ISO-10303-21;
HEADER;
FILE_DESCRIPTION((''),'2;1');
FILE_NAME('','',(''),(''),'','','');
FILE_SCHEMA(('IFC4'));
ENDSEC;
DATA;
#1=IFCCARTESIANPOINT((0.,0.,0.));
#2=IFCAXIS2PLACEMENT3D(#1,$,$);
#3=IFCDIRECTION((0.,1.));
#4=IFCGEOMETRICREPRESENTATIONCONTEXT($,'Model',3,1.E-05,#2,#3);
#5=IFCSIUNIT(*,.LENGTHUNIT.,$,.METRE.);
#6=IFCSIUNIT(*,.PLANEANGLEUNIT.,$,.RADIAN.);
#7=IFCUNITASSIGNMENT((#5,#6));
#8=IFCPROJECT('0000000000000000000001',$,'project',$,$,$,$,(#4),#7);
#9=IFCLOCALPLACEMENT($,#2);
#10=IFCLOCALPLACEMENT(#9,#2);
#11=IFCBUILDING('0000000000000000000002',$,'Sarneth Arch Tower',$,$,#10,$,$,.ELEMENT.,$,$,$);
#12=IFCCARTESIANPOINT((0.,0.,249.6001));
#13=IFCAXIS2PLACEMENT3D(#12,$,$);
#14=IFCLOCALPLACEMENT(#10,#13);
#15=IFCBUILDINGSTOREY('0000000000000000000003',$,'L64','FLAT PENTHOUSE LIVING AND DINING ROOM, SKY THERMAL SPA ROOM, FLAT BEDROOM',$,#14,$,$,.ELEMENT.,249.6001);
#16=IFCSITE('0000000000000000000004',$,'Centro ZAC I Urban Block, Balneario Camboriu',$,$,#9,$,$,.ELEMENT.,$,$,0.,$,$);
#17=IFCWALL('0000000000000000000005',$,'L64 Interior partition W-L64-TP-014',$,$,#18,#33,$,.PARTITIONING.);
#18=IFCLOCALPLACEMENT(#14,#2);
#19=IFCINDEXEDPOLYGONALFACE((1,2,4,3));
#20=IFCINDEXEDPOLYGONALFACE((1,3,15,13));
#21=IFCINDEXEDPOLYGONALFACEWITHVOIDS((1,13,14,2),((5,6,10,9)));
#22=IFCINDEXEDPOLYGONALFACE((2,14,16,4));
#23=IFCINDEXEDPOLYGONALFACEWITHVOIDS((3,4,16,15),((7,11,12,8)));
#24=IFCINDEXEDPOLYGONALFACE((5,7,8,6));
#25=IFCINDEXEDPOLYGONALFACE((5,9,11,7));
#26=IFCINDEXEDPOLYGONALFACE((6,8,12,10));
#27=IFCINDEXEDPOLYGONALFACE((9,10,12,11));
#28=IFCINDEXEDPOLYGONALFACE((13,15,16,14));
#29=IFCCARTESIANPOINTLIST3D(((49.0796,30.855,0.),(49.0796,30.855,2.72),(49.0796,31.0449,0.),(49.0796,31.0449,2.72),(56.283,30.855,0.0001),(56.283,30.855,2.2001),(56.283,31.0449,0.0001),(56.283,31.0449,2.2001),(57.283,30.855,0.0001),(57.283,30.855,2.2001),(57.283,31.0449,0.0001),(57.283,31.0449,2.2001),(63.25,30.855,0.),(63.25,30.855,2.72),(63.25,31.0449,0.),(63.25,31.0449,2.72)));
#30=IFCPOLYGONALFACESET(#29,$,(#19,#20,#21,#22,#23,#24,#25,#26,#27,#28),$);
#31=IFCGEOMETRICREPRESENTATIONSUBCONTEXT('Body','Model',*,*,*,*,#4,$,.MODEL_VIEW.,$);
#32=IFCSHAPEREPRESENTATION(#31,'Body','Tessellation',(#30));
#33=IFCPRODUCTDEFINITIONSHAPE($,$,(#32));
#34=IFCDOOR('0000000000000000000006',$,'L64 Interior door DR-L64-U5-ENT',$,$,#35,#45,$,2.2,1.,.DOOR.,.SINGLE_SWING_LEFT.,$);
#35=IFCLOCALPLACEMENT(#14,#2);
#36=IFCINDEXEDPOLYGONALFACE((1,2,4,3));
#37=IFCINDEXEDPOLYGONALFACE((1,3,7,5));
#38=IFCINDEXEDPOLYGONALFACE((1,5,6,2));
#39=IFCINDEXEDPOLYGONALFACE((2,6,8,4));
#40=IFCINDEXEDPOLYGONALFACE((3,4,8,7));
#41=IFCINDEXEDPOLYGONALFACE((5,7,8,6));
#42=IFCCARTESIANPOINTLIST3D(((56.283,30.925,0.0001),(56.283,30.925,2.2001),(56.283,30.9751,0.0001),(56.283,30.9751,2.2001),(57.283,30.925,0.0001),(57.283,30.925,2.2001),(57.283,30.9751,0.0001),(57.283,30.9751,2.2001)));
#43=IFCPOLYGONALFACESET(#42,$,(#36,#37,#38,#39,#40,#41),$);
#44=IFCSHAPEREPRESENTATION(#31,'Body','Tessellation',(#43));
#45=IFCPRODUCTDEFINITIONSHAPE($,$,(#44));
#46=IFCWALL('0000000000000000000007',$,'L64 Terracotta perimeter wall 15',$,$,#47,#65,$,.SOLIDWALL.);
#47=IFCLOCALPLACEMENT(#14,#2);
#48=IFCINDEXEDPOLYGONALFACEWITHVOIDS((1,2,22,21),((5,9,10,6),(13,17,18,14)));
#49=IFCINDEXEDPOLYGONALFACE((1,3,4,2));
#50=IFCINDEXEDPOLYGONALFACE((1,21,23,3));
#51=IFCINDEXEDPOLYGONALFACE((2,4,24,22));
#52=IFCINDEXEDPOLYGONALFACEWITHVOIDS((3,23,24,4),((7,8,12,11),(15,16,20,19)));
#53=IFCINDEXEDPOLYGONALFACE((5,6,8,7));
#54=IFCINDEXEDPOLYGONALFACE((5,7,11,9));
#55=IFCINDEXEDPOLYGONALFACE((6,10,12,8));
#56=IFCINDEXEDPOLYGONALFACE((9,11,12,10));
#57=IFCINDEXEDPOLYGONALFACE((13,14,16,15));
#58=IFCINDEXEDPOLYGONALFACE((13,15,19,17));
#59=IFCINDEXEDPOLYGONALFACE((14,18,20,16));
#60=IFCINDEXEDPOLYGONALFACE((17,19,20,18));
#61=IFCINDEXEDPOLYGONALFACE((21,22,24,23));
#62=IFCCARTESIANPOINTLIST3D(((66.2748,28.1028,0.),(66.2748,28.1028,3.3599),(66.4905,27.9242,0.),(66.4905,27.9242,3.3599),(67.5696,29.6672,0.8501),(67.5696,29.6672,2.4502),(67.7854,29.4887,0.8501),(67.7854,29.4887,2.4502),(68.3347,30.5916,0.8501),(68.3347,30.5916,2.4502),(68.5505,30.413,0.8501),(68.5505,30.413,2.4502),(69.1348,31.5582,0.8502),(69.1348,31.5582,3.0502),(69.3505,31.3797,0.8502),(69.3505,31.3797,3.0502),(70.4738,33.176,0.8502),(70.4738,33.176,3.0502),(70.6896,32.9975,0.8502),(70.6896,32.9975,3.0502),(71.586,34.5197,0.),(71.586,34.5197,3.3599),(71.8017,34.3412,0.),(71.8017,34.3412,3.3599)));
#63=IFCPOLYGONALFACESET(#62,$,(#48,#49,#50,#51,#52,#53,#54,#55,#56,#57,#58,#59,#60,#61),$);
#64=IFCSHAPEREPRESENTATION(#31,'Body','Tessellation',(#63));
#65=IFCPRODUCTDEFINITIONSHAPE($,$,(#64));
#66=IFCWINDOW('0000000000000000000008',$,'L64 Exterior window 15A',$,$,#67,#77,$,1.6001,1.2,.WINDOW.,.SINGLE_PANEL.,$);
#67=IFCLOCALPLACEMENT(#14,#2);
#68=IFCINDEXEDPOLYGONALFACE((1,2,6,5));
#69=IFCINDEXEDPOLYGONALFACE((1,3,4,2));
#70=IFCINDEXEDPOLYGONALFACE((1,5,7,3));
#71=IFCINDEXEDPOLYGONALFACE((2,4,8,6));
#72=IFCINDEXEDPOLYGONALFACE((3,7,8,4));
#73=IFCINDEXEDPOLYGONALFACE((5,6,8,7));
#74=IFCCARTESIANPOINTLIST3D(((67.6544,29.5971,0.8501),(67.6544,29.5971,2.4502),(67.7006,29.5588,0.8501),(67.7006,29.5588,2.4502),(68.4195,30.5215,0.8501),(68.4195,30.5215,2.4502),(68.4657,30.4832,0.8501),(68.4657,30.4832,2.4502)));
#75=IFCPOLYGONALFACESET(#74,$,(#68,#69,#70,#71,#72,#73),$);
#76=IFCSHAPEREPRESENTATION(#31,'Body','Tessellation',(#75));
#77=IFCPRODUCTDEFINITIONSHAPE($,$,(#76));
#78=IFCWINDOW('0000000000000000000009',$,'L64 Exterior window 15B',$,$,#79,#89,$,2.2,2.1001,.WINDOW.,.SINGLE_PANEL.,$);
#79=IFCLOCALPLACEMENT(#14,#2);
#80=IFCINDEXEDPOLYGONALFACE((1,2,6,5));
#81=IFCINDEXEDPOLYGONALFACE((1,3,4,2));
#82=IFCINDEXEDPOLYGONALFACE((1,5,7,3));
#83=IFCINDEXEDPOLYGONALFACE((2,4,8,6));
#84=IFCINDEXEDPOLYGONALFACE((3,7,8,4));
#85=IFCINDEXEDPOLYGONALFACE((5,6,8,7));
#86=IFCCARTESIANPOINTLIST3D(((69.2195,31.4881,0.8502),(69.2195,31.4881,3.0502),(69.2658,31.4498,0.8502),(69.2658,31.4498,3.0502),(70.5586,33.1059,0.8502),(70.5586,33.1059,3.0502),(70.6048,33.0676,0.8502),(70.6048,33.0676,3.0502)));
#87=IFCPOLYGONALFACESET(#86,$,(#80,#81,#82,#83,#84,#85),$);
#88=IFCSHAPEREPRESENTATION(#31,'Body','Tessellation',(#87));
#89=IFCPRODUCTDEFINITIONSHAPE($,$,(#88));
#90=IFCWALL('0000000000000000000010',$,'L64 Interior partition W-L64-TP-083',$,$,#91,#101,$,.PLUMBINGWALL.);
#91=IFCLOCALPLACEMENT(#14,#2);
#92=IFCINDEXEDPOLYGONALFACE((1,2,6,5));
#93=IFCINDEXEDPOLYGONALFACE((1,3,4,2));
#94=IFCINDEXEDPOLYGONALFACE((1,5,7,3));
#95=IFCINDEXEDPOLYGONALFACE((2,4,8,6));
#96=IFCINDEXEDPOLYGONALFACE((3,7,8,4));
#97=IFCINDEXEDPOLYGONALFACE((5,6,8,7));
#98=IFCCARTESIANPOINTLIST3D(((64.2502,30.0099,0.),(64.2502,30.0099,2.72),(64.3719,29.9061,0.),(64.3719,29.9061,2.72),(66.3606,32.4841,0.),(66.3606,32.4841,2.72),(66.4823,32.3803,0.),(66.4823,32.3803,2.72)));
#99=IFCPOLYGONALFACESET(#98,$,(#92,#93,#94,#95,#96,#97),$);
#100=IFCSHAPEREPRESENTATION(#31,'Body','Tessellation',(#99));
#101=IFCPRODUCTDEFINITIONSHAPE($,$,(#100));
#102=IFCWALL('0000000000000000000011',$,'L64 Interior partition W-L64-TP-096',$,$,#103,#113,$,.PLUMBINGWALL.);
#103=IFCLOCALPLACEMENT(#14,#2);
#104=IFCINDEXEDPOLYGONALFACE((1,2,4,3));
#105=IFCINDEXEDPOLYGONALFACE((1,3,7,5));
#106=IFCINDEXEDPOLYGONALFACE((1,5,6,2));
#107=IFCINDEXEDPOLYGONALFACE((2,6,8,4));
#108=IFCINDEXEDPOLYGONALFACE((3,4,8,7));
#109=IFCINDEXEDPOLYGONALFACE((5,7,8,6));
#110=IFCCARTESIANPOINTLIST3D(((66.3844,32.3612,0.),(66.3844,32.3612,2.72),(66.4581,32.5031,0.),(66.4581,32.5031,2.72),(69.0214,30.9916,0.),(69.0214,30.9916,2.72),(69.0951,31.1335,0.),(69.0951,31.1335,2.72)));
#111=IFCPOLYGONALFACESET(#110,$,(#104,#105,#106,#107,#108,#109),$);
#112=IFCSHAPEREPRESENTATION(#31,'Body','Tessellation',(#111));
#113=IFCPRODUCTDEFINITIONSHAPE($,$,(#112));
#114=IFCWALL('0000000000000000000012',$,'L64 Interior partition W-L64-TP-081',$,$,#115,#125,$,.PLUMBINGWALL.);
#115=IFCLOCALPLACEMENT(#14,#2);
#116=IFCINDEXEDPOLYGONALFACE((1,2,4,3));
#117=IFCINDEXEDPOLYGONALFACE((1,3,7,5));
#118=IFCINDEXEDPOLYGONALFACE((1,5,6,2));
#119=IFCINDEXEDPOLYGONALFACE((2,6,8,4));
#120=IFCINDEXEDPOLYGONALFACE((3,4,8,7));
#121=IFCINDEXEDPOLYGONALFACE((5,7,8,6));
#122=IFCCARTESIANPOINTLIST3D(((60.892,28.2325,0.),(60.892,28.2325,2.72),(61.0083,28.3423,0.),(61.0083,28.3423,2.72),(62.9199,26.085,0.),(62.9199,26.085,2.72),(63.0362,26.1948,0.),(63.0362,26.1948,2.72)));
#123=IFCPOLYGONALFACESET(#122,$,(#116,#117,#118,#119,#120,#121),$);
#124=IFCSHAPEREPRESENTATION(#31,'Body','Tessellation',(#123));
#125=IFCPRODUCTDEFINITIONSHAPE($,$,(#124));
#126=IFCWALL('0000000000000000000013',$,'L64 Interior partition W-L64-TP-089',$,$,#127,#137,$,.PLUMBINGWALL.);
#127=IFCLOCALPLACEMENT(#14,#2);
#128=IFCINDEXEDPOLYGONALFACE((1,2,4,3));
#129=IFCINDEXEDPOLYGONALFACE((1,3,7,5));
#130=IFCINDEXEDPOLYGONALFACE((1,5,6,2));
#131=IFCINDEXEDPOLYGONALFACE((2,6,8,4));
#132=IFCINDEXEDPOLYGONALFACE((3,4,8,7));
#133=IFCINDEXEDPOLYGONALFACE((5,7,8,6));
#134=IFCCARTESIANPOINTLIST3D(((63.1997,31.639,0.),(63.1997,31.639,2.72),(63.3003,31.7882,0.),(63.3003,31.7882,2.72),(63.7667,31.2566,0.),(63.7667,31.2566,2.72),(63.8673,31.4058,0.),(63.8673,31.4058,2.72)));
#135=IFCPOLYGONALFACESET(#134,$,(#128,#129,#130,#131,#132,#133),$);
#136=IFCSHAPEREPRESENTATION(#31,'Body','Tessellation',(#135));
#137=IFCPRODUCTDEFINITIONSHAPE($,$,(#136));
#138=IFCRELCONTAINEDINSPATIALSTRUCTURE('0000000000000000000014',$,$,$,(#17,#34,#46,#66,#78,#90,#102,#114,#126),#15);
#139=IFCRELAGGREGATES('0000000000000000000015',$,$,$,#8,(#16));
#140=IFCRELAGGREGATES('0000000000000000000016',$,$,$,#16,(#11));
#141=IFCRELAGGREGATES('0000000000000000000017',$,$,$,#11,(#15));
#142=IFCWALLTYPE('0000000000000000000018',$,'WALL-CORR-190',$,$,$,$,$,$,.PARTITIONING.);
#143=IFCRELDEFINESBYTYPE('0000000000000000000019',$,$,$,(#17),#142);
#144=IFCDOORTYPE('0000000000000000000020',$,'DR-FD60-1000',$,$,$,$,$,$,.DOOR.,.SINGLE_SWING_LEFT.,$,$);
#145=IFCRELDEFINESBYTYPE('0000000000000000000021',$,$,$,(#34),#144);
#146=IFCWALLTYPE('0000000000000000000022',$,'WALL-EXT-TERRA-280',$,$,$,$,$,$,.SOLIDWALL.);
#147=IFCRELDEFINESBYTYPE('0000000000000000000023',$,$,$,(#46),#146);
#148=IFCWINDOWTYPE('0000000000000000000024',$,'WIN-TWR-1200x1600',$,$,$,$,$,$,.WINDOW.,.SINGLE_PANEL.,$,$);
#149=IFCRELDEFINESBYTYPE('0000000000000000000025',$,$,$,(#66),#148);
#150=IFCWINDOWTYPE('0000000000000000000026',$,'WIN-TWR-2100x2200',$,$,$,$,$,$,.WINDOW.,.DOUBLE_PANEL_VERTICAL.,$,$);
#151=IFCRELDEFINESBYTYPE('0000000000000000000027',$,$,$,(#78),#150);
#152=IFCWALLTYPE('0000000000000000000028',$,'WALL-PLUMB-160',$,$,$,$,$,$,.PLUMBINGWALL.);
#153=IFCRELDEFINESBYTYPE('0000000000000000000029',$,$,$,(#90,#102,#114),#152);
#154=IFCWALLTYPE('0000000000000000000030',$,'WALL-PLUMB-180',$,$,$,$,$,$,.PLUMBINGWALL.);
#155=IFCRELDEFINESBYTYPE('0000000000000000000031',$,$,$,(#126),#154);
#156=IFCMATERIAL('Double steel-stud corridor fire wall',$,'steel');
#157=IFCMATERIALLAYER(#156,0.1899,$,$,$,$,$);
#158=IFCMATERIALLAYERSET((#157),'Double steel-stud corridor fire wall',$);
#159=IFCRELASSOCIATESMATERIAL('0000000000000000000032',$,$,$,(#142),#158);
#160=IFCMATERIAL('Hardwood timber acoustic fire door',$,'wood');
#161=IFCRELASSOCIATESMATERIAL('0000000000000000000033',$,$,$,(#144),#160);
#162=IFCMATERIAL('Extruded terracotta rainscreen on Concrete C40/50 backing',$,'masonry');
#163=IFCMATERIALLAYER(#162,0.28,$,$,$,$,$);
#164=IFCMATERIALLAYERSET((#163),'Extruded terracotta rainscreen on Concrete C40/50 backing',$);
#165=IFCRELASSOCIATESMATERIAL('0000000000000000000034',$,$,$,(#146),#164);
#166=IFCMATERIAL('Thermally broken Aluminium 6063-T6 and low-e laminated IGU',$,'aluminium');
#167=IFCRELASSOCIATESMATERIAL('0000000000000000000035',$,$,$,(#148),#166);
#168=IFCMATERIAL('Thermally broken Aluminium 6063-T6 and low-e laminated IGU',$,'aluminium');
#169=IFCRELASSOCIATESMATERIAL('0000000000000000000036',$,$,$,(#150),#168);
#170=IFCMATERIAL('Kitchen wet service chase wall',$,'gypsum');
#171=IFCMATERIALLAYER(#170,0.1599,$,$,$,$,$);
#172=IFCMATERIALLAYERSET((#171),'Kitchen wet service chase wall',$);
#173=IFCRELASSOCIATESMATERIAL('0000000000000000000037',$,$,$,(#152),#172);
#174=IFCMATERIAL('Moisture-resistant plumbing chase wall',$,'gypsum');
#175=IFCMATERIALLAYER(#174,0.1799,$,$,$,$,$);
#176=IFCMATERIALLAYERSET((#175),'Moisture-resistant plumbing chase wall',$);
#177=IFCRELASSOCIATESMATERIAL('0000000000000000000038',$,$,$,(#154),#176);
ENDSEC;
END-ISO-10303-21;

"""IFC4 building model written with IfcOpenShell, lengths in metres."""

from ifc_helpers import new_model, si_unit, direction, frame, frame_2d, origin, place, context, subcontext, project, spatial, rectangle, extrude, material, layer, layer_set, type_object, element, fill, save


model = new_model("IFC4")

# Units and contexts
model_context = context("Model", 3, precision=1e-05, world=origin(), true_north=direction((0.0, 1.0)))
body_context = subcontext(model_context, "Body", "Model", "MODEL_VIEW")
ifc_project = project(units=[si_unit("LENGTHUNIT", "METRE"), si_unit("PLANEANGLEUNIT", "RADIAN")], contexts=[model_context])

# Site, building, storey
site_placement = place(None, origin())
site = spatial("IfcSite", under=ifc_project, at=site_placement, Name="Centro ZAC I Urban Block, Balneario Camboriu", CompositionType="ELEMENT", RefElevation=0.0)
building_placement = place(site_placement, origin())
building = spatial("IfcBuilding", under=site, at=building_placement, Name="Sarneth Arch Tower", CompositionType="ELEMENT")
storey_placement = place(building_placement, frame((0.0, 0.0, 249.6001)))
storey = spatial("IfcBuildingStorey", under=building, at=storey_placement, Name="L64", Description="FLAT PENTHOUSE LIVING AND DINING ROOM, SKY THERMAL SPA ROOM, FLAT BEDROOM", CompositionType="ELEMENT", Elevation=249.6001)

# Wall, opening, door
ifc_material_1 = material(Name="Double steel-stud corridor fire wall", Category="steel")
ifc_layer_1 = layer(ifc_material_1, 0.1899)
ifc_layer_set_1 = layer_set([ifc_layer_1], Name="Double steel-stud corridor fire wall")
wall_type_1 = type_object("IfcWallType", Name="WALL-CORR-190", PredefinedType="PARTITIONING", material=ifc_layer_set_1)
wall_1_placement = place(storey_placement, frame((63.25, 30.95, 0.0), z_axis=(0.0, 0.0, 1.0), x_axis=(-1.0, 0.0, 0.0)))
wall_1 = element("IfcWall", 1, at=wall_1_placement, inside=storey, type_object=wall_type_1, Name="L64 Interior partition W-L64-TP-014", PredefinedType="PARTITIONING", context=body_context, shape_type="SweptSolid", body=[
    extrude(rectangle(XDim=14.1704, YDim=0.1899, at=frame_2d((7.0852, 0.0))), origin(), (0.0, 0.0, 1.0), 2.72),
])
opening_1_placement = place(wall_1_placement, frame((5.967, 0.0, 0.0)))
opening_1 = element("IfcOpeningElement", 2, at=opening_1_placement, cuts=wall_1, PredefinedType="OPENING", context=body_context, shape_type="SweptSolid", body=[
    extrude(rectangle(XDim=1.0, YDim=2.2, at=frame_2d((0.5, 1.1001))), frame((0.0, 0.105, 0.0), z_axis=(0.0, -1.0, 0.0), x_axis=(1.0, 0.0, 0.0)), (0.0, 0.0, 1.0), 0.21),
])
ifc_material_2 = material(Name="Hardwood timber acoustic fire door", Category="wood")
door_type = type_object("IfcDoorType", Name="DR-FD60-1000", OperationType="SINGLE_SWING_LEFT", PredefinedType="DOOR", material=ifc_material_2)
door_placement = place(opening_1_placement, origin())
door = element("IfcDoor", 3, at=door_placement, inside=storey, type_object=door_type, Name="L64 Interior door DR-L64-U5-ENT", OperationType="SINGLE_SWING_LEFT", OverallHeight=2.2, OverallWidth=1.0, PredefinedType="DOOR", context=body_context, shape_type="SweptSolid", body=[
    extrude(rectangle(XDim=1.0, YDim=2.2, at=frame_2d((0.5, 1.1001))), frame((0.0, 0.0249, 0.0), z_axis=(0.0, -1.0, 0.0), x_axis=(1.0, 0.0, 0.0)), (0.0, 0.0, 1.0), 0.05),
])
fill(opening_1, door)

# Wall, openings, windows
ifc_material_3 = material(Name="Extruded terracotta rainscreen on Concrete C40/50 backing", Category="masonry")
ifc_layer_2 = layer(ifc_material_3, 0.28)
ifc_layer_set_2 = layer_set([ifc_layer_2], Name="Extruded terracotta rainscreen on Concrete C40/50 backing")
wall_type_2 = type_object("IfcWallType", Name="WALL-EXT-TERRA-280", PredefinedType="SOLIDWALL", material=ifc_layer_set_2)
wall_2_placement = place(storey_placement, frame((66.3826, 28.0134, 0.0), z_axis=(0.0, 0.0, 1.0), x_axis=(0.637615, 0.770355, 0.0)))
wall_2 = element("IfcWall", 4, at=wall_2_placement, inside=storey, type_object=wall_type_2, Name="L64 Terracotta perimeter wall 15", PredefinedType="SOLIDWALL", context=body_context, shape_type="SweptSolid", body=[
    extrude(rectangle(XDim=8.3298, YDim=0.28, at=frame_2d((4.165, 0.0))), origin(), (0.0, 0.0, 1.0), 3.3599),
])
opening_2_placement = place(wall_2_placement, frame((2.0308, 0.0, 0.8501)))
opening_2 = element("IfcOpeningElement", 5, at=opening_2_placement, cuts=wall_2, PredefinedType="OPENING", context=body_context, shape_type="SweptSolid", body=[
    extrude(rectangle(XDim=1.2, YDim=1.6001, at=frame_2d((0.6001, 0.8))), frame((0.0, 0.1499, 0.0), z_axis=(0.0, -1.0, 0.0), x_axis=(1.0, 0.0, 0.0)), (0.0, 0.0, 1.0), 0.3),
])
opening_3_placement = place(wall_2_placement, frame((4.4856, 0.0, 0.8501)))
opening_3 = element("IfcOpeningElement", 6, at=opening_3_placement, cuts=wall_2, PredefinedType="OPENING", context=body_context, shape_type="SweptSolid", body=[
    extrude(rectangle(XDim=2.1001, YDim=2.2, at=frame_2d((1.05, 1.1001))), frame((0.0, 0.1499, 0.0), z_axis=(0.0, -1.0, 0.0), x_axis=(1.0, 0.0, 0.0)), (0.0, 0.0, 1.0), 0.3),
])
ifc_material_4 = material(Name="Thermally broken Aluminium 6063-T6 and low-e laminated IGU", Category="aluminium")
window_type_1 = type_object("IfcWindowType", Name="WIN-TWR-1200x1600", PartitioningType="SINGLE_PANEL", PredefinedType="WINDOW", material=ifc_material_4)
window_1_placement = place(opening_2_placement, origin())
window_1 = element("IfcWindow", 7, at=window_1_placement, inside=storey, type_object=window_type_1, Name="L64 Exterior window 15A", OverallHeight=1.6001, OverallWidth=1.2, PartitioningType="SINGLE_PANEL", PredefinedType="WINDOW", context=body_context, shape_type="SweptSolid", body=[
    extrude(rectangle(XDim=1.2, YDim=1.6001, at=frame_2d((0.6001, 0.8))), frame((0.0, 0.03, 0.0), z_axis=(0.0, -1.0, 0.0), x_axis=(1.0, 0.0, 0.0)), (0.0, 0.0, 1.0), 0.0601),
])
fill(opening_2, window_1)
ifc_material_5 = material(Name="Thermally broken Aluminium 6063-T6 and low-e laminated IGU", Category="aluminium")
window_type_2 = type_object("IfcWindowType", Name="WIN-TWR-2100x2200", PartitioningType="DOUBLE_PANEL_VERTICAL", PredefinedType="WINDOW", material=ifc_material_5)
window_2_placement = place(opening_3_placement, origin())
window_2 = element("IfcWindow", 8, at=window_2_placement, inside=storey, type_object=window_type_2, Name="L64 Exterior window 15B", OverallHeight=2.2, OverallWidth=2.1001, PartitioningType="SINGLE_PANEL", PredefinedType="WINDOW", context=body_context, shape_type="SweptSolid", body=[
    extrude(rectangle(XDim=2.1001, YDim=2.2, at=frame_2d((1.05, 1.1001))), frame((0.0, 0.03, 0.0), z_axis=(0.0, -1.0, 0.0), x_axis=(1.0, 0.0, 0.0)), (0.0, 0.0, 1.0), 0.0601),
])
fill(opening_3, window_2)

# Walls
ifc_material_6 = material(Name="Kitchen wet service chase wall", Category="gypsum")
ifc_layer_3 = layer(ifc_material_6, 0.1599)
ifc_layer_set_3 = layer_set([ifc_layer_3], Name="Kitchen wet service chase wall")
wall_type_3 = type_object("IfcWallType", Name="WALL-PLUMB-160", PredefinedType="PLUMBINGWALL", material=ifc_layer_set_3)
wall_3_placement = place(storey_placement, frame((64.311, 29.958, 0.0), z_axis=(0.0, 0.0, 1.0), x_axis=(0.648959, 0.760823, 0.0)))
element("IfcWall", 9, at=wall_3_placement, inside=storey, type_object=wall_type_3, Name="L64 Interior partition W-L64-TP-083", PredefinedType="PLUMBINGWALL", context=body_context, shape_type="SweptSolid", body=[
    extrude(rectangle(XDim=3.252, YDim=0.1599, at=frame_2d((1.626, 0.0))), origin(), (0.0, 0.0, 1.0), 2.72),
])
wall_4_placement = place(storey_placement, frame((69.0583, 31.0625, 0.0), z_axis=(0.0, 0.0, 1.0), x_axis=(-0.887436, 0.460931, 0.0)))
element("IfcWall", 10, at=wall_4_placement, inside=storey, type_object=wall_type_3, Name="L64 Interior partition W-L64-TP-096", PredefinedType="PLUMBINGWALL", context=body_context, shape_type="SweptSolid", body=[
    extrude(rectangle(XDim=2.9714, YDim=0.1599, at=frame_2d((1.4858, 0.0))), origin(), (0.0, 0.0, 1.0), 2.72),
])
wall_5_placement = place(storey_placement, frame((62.978, 26.1399, 0.0), z_axis=(0.0, 0.0, 1.0), x_axis=(-0.686565, 0.727068, 0.0)))
element("IfcWall", 11, at=wall_5_placement, inside=storey, type_object=wall_type_3, Name="L64 Interior partition W-L64-TP-081", PredefinedType="PLUMBINGWALL", context=body_context, shape_type="SweptSolid", body=[
    extrude(rectangle(XDim=2.9536, YDim=0.1599, at=frame_2d((1.4768, 0.0))), origin(), (0.0, 0.0, 1.0), 2.72),
])
ifc_material_7 = material(Name="Moisture-resistant plumbing chase wall", Category="gypsum")
ifc_layer_4 = layer(ifc_material_7, 0.1799)
ifc_layer_set_4 = layer_set([ifc_layer_4], Name="Moisture-resistant plumbing chase wall")
wall_type_4 = type_object("IfcWallType", Name="WALL-PLUMB-180", PredefinedType="PLUMBINGWALL", material=ifc_layer_set_4)
wall_6_placement = place(storey_placement, frame((63.8169, 31.3313, 0.0), z_axis=(0.0, 0.0, 1.0), x_axis=(-0.829072, 0.559142, 0.0)))
element("IfcWall", 12, at=wall_6_placement, inside=storey, type_object=wall_type_4, Name="L64 Interior partition W-L64-TP-089", PredefinedType="PLUMBINGWALL", context=body_context, shape_type="SweptSolid", body=[
    extrude(rectangle(XDim=0.6838, YDim=0.1799, at=frame_2d((0.3418, 0.0))), origin(), (0.0, 0.0, 1.0), 2.72),
])

save(model, "model.ifc")
